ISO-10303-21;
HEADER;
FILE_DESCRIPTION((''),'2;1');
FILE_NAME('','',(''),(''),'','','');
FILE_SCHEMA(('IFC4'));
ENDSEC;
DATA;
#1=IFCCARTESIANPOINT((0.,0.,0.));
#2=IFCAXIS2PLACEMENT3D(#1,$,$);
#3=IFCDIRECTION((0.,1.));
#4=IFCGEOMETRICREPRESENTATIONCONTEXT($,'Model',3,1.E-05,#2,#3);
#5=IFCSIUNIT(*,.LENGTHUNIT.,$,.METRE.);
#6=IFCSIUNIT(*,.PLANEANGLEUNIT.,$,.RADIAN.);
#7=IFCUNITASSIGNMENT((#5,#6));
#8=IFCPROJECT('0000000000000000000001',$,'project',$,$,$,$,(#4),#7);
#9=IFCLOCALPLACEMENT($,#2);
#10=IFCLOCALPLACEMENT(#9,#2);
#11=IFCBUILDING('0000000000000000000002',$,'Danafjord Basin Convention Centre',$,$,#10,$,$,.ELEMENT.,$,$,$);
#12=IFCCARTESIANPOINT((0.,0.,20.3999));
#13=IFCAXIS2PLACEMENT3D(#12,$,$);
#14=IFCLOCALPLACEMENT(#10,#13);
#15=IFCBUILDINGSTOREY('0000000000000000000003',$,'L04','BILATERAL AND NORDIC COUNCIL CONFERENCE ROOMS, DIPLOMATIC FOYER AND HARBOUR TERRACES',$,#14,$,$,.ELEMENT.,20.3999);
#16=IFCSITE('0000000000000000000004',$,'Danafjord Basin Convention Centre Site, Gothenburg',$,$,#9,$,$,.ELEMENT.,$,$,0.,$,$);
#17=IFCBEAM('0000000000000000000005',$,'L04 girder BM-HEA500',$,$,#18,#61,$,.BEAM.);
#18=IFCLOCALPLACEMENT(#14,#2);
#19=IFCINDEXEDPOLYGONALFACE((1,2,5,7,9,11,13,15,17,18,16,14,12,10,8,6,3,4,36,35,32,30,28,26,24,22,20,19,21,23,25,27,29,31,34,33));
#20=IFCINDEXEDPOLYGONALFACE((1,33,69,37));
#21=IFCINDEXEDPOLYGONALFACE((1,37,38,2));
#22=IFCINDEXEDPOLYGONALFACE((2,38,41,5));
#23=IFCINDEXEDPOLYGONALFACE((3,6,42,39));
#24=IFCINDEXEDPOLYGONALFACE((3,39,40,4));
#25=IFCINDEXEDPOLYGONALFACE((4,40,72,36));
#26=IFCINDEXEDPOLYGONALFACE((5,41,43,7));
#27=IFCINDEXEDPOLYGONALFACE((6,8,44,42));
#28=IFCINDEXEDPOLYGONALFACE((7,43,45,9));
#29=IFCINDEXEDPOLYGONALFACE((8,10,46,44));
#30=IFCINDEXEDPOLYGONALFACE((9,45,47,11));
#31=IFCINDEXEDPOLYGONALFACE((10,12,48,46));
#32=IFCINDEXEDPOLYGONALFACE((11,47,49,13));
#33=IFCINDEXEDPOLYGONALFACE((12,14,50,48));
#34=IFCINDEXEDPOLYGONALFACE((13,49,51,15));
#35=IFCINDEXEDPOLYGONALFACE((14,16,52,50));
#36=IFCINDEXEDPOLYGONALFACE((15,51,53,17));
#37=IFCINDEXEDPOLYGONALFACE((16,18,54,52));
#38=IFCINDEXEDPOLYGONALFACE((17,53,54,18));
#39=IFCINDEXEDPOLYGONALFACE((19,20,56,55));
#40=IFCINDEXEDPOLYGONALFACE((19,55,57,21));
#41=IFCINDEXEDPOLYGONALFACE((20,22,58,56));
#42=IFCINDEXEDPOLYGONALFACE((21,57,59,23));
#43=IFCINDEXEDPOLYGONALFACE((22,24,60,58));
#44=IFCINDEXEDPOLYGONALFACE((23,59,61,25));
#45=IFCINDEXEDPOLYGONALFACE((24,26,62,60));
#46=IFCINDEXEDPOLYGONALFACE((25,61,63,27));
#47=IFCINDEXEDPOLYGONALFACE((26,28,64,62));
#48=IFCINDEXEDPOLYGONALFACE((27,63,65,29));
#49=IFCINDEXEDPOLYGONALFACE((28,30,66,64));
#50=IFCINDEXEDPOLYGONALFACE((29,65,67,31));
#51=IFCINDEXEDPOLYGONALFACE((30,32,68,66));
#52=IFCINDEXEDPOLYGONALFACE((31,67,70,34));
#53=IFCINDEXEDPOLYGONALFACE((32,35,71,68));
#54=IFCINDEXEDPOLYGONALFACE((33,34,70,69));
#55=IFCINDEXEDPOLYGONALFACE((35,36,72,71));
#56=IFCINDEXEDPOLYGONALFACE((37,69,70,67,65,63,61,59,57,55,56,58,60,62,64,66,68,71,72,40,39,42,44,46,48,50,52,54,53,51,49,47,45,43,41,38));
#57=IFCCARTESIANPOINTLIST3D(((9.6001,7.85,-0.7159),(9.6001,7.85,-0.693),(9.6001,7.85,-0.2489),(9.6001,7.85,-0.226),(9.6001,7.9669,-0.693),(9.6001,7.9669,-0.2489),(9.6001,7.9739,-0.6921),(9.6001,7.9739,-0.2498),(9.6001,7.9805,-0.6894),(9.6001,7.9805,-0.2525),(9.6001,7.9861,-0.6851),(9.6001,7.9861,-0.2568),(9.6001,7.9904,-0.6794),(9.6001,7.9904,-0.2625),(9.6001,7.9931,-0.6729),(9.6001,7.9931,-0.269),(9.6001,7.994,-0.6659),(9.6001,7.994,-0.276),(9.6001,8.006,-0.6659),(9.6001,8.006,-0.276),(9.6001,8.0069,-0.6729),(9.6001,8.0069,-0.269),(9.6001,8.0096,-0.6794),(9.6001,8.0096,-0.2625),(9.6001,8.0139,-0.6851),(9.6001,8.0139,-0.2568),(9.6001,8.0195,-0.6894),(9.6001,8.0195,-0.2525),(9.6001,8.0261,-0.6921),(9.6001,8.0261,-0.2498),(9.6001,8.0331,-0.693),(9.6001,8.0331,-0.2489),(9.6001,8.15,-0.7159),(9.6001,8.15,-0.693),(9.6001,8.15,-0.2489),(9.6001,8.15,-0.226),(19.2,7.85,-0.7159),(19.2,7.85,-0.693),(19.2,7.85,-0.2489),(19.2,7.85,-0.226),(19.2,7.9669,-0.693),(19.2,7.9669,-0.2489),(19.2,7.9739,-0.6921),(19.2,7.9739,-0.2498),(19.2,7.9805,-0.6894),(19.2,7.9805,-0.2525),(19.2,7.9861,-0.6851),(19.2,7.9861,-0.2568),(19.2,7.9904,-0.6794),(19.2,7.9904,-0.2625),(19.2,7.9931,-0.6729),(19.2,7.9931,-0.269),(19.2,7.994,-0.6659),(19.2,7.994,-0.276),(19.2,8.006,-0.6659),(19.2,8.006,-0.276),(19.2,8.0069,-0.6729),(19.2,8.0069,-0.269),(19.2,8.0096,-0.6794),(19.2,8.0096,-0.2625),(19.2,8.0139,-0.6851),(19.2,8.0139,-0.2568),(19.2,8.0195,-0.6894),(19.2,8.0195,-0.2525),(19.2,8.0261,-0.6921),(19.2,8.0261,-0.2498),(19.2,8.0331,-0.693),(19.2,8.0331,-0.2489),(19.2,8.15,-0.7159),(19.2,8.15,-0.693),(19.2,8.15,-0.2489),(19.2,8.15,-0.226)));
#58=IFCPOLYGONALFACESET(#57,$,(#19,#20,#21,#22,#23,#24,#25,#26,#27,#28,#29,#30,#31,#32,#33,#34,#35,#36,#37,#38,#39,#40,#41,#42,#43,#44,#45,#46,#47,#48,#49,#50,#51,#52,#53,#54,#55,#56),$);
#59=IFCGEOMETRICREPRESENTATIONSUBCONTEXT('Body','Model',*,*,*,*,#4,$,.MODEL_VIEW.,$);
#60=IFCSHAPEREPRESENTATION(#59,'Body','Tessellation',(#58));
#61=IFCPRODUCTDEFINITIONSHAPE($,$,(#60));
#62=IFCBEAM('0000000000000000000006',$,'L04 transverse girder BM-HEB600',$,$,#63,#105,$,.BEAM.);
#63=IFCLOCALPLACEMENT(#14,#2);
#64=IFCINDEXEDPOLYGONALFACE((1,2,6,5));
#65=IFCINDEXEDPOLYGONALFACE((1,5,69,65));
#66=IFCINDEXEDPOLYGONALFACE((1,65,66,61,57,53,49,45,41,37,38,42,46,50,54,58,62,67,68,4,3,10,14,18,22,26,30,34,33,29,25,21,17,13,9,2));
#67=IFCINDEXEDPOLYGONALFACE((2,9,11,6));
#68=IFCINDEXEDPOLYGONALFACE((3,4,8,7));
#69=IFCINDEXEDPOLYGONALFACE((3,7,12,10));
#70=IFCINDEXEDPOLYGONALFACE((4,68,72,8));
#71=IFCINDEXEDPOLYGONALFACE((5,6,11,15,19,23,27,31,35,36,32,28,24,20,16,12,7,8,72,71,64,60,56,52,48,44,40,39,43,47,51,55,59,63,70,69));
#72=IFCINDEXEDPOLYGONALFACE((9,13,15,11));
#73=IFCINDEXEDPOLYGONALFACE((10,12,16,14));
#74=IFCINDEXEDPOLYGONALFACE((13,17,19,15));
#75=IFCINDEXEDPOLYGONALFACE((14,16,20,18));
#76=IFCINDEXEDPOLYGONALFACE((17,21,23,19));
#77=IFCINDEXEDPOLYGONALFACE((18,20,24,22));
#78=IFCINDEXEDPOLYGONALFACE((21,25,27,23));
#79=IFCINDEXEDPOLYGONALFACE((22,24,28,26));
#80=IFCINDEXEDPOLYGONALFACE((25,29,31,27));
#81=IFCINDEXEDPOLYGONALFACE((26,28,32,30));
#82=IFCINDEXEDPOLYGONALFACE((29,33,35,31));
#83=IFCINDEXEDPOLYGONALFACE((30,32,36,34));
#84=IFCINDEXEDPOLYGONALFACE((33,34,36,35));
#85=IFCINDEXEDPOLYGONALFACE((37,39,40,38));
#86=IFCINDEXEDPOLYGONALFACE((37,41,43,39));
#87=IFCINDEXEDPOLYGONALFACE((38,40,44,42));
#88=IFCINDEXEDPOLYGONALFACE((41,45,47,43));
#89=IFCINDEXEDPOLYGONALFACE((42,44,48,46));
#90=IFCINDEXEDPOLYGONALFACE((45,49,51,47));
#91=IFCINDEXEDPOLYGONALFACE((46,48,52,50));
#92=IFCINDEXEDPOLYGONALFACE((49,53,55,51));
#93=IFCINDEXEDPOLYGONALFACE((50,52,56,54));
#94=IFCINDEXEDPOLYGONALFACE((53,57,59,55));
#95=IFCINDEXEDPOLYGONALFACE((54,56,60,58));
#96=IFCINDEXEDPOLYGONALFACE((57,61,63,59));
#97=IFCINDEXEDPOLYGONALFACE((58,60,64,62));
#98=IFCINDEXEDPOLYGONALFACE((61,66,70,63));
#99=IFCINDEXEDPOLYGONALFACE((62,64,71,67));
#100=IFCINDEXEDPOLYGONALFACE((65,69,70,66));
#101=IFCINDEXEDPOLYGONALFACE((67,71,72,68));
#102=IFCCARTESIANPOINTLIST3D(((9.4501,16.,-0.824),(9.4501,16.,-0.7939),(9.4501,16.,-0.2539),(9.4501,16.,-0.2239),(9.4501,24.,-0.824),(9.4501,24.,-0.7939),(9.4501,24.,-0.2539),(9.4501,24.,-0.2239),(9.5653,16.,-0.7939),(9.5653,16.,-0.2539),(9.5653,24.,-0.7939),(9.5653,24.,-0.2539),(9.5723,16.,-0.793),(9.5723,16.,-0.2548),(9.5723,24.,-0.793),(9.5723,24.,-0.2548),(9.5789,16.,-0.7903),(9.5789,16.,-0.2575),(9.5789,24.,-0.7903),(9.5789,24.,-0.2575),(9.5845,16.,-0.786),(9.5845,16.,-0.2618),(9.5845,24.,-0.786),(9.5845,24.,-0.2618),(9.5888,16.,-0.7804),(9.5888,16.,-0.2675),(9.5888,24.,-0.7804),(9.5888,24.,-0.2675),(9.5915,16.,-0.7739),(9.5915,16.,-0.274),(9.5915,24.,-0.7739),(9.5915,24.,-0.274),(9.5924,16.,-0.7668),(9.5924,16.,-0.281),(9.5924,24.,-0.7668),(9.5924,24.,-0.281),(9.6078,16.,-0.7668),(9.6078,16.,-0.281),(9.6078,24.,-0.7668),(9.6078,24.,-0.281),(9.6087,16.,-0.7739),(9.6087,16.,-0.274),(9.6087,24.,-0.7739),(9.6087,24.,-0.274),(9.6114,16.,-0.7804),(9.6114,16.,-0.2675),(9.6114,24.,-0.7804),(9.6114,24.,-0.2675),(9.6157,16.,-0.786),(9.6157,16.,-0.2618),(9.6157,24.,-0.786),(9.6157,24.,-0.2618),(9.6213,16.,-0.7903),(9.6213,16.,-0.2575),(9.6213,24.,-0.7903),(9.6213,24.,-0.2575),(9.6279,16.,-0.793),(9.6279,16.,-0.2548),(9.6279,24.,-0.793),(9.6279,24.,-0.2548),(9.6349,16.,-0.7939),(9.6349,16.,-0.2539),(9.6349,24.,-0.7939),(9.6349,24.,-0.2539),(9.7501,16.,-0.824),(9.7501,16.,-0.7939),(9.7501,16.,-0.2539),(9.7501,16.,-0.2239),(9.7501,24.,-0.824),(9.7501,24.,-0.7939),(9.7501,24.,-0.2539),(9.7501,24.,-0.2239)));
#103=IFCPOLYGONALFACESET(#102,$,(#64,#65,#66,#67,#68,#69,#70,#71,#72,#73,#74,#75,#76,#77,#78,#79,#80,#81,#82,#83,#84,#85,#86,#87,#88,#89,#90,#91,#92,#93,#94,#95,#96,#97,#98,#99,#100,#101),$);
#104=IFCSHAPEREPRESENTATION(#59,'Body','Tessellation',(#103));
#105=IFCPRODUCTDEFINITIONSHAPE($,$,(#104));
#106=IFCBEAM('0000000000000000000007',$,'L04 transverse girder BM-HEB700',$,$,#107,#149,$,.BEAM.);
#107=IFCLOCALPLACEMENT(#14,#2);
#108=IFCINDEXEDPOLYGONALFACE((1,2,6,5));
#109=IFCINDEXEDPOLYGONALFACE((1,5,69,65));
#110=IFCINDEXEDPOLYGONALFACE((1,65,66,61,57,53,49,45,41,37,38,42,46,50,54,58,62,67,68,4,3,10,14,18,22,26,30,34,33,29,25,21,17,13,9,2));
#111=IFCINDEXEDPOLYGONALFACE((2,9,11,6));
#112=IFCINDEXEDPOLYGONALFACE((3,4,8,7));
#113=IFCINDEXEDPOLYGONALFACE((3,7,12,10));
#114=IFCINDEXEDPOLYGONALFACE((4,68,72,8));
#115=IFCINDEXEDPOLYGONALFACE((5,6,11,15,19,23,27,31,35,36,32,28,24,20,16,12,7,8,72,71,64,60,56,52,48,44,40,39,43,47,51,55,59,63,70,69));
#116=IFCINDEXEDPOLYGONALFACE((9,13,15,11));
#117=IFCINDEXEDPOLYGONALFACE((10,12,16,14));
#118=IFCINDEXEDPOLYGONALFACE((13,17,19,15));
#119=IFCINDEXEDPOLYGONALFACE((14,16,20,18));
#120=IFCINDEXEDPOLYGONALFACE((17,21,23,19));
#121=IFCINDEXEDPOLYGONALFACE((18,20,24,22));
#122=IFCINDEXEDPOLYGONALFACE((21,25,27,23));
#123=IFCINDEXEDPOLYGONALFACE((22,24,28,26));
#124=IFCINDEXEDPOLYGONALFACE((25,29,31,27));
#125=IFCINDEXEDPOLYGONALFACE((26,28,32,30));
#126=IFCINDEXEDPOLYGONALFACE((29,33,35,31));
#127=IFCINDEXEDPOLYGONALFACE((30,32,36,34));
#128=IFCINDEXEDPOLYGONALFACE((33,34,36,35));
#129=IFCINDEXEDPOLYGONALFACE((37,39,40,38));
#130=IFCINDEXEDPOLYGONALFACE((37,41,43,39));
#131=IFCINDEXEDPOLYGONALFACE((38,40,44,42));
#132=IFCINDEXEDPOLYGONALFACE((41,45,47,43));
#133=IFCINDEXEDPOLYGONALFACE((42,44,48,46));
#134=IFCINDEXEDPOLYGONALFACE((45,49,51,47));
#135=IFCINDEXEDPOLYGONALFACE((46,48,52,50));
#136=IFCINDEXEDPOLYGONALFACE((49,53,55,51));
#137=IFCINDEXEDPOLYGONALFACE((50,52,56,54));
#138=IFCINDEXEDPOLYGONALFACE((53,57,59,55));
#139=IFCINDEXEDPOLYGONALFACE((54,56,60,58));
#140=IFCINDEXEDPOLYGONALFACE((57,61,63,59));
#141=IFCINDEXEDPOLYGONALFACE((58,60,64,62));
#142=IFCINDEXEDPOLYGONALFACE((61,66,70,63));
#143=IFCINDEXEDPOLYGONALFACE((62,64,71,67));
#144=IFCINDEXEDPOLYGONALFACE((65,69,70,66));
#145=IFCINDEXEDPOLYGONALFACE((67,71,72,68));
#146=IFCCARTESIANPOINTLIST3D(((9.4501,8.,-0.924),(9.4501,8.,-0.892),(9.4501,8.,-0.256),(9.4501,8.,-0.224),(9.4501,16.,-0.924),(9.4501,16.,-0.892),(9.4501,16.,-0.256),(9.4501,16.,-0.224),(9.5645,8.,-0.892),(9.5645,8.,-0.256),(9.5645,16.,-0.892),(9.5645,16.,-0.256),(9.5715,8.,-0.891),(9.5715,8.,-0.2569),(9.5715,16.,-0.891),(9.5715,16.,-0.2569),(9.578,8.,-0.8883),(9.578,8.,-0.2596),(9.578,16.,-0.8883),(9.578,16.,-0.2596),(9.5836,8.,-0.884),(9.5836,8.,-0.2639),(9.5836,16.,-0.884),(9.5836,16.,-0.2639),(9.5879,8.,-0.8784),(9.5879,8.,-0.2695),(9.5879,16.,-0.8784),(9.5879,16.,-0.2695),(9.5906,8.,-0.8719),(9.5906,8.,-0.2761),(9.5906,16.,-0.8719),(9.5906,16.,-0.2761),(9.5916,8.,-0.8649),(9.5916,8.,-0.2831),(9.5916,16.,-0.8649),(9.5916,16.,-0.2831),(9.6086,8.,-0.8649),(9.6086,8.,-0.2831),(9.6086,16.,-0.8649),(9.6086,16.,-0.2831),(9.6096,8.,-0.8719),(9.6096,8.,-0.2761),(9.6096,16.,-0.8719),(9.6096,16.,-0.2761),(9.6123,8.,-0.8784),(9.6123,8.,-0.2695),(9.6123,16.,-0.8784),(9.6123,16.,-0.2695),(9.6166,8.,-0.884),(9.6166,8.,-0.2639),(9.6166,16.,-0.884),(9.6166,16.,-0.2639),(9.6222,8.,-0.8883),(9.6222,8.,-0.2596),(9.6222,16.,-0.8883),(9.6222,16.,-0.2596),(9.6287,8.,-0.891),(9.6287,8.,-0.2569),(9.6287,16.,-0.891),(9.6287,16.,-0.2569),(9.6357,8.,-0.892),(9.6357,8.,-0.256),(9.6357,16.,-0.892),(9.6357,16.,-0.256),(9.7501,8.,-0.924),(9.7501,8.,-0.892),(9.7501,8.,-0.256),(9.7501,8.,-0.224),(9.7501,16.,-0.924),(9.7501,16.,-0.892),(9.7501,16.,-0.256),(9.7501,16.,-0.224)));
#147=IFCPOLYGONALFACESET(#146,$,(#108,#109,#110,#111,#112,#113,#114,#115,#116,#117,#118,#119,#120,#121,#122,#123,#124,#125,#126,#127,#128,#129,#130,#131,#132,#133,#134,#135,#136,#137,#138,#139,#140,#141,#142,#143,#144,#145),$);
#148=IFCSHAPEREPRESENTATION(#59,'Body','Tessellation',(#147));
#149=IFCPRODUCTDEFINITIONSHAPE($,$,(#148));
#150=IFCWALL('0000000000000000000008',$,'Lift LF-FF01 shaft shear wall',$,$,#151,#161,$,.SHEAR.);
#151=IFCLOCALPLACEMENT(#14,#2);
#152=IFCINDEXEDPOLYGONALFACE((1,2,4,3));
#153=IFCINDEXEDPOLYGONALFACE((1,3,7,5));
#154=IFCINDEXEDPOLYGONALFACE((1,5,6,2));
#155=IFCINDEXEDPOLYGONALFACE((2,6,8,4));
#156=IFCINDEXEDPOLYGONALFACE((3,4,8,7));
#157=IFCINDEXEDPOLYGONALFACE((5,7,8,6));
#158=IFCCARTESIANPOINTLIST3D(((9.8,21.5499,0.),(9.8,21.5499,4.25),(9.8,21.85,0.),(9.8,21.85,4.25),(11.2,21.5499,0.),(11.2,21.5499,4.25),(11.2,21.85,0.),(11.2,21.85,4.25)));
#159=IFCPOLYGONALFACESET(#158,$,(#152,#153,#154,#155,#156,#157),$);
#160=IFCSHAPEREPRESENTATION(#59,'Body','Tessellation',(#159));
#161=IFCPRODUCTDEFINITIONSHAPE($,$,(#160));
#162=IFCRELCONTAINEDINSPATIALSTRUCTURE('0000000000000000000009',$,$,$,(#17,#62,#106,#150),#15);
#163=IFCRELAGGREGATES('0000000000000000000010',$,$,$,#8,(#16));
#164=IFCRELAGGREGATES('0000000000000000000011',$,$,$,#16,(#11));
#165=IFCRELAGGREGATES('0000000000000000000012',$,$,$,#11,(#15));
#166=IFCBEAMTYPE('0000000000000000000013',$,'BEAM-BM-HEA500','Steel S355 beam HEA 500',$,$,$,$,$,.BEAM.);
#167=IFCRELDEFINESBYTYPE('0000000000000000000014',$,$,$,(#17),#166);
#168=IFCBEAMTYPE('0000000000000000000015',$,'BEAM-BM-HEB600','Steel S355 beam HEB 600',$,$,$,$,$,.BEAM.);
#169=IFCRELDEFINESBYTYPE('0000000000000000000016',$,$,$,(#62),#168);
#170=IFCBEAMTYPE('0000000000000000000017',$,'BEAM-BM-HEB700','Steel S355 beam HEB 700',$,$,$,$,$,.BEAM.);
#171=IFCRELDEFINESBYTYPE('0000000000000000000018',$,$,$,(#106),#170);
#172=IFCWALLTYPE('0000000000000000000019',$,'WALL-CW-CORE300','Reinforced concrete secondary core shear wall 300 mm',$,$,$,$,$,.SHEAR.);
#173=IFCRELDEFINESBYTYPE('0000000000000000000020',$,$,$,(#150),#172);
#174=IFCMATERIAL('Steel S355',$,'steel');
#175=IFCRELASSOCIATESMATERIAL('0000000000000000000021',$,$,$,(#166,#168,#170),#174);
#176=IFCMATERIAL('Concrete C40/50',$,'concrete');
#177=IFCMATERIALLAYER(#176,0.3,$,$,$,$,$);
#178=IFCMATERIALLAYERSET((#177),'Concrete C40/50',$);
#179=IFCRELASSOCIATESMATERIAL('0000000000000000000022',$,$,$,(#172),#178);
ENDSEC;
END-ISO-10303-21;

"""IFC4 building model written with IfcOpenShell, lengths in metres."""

from ifc_helpers import new_model, si_unit, direction, frame, frame_2d, origin, origin_2d, place, context, subcontext, project, spatial, rectangle, i_section, extrude, material, layer, layer_set, material_profile, profile_set, type_object, element, save


model = new_model("IFC4")

# Units and contexts
model_context = context("Model", 3, precision=1e-05, world=origin(), true_north=direction((0.0, 1.0)))
body_context = subcontext(model_context, "Body", "Model", "MODEL_VIEW")
ifc_project = project(units=[si_unit("LENGTHUNIT", "METRE"), si_unit("PLANEANGLEUNIT", "RADIAN")], contexts=[model_context])

# Site, building, storey
site_placement = place(None, origin())
site = spatial("IfcSite", under=ifc_project, at=site_placement, Name="Danafjord Basin Convention Centre Site, Gothenburg", CompositionType="ELEMENT", RefElevation=0.0)
building_placement = place(site_placement, origin())
building = spatial("IfcBuilding", under=site, at=building_placement, Name="Danafjord Basin Convention Centre", CompositionType="ELEMENT")
storey_placement = place(building_placement, frame((0.0, 0.0, 20.3999)))
storey = spatial("IfcBuildingStorey", under=building, at=storey_placement, Name="L04", Description="BILATERAL AND NORDIC COUNCIL CONFERENCE ROOMS, DIPLOMATIC FOYER AND HARBOUR TERRACES", CompositionType="ELEMENT", Elevation=20.3999)

# Shared definitions
ifc_material_1 = material(Name="Steel S355", Category="steel")

# Beams
ifc_material_profile_1 = material_profile(ifc_material_1, i_section(OverallWidth=0.3, OverallDepth=0.49, WebThickness=0.012, FlangeThickness=0.0229, FilletRadius=0.0271, at=origin_2d()), Name="HEA 500")
ifc_profile_set_1 = profile_set([ifc_material_profile_1], Name="Steel S355")
beam_type_1 = type_object("IfcBeamType", Name="BEAM-BM-HEA500", Description="Steel S355 beam HEA 500", PredefinedType="BEAM", material=ifc_profile_set_1)
beam_1_placement = place(storey_placement, frame((9.6001, 8.0, -0.4709), z_axis=(1.0, 0.0, 0.0), x_axis=(0.0, 1.0, 0.0)))
element("IfcBeam", 1, at=beam_1_placement, inside=storey, type_object=beam_type_1, Name="L04 girder BM-HEA500", PredefinedType="BEAM", context=body_context, shape_type="SweptSolid", body=[
    extrude(i_section(OverallWidth=0.3, OverallDepth=0.49, WebThickness=0.012, FlangeThickness=0.0229, FilletRadius=0.0271, at=origin_2d()), origin(), (0.0, 0.0, 1.0), 9.5999),
])
ifc_material_profile_2 = material_profile(ifc_material_1, i_section(OverallWidth=0.3, OverallDepth=0.6001, WebThickness=0.0154, FlangeThickness=0.03, FilletRadius=0.0271, at=origin_2d()), Name="HEB 600")
ifc_profile_set_2 = profile_set([ifc_material_profile_2], Name="Steel S355")
beam_type_2 = type_object("IfcBeamType", Name="BEAM-BM-HEB600", Description="Steel S355 beam HEB 600", PredefinedType="BEAM", material=ifc_profile_set_2)
beam_2_placement = place(storey_placement, frame((9.6001, 16.0, -0.5239), z_axis=(0.0, 1.0, 0.0), x_axis=(-1.0, 0.0, 0.0)))
element("IfcBeam", 2, at=beam_2_placement, inside=storey, type_object=beam_type_2, Name="L04 transverse girder BM-HEB600", PredefinedType="BEAM", context=body_context, shape_type="SweptSolid", body=[
    extrude(i_section(OverallWidth=0.3, OverallDepth=0.6001, WebThickness=0.0154, FlangeThickness=0.03, FilletRadius=0.0271, at=origin_2d()), origin(), (0.0, 0.0, 1.0), 8.0),
])
ifc_material_profile_3 = material_profile(ifc_material_1, i_section(OverallWidth=0.3, OverallDepth=0.7, WebThickness=0.0171, FlangeThickness=0.032, FilletRadius=0.0271, at=origin_2d()), Name="HEB 700")
ifc_profile_set_3 = profile_set([ifc_material_profile_3], Name="Steel S355")
beam_type_3 = type_object("IfcBeamType", Name="BEAM-BM-HEB700", Description="Steel S355 beam HEB 700", PredefinedType="BEAM", material=ifc_profile_set_3)
beam_3_placement = place(storey_placement, frame((9.6001, 8.0, -0.574), z_axis=(0.0, 1.0, 0.0), x_axis=(-1.0, 0.0, 0.0)))
element("IfcBeam", 3, at=beam_3_placement, inside=storey, type_object=beam_type_3, Name="L04 transverse girder BM-HEB700", PredefinedType="BEAM", context=body_context, shape_type="SweptSolid", body=[
    extrude(i_section(OverallWidth=0.3, OverallDepth=0.7, WebThickness=0.0171, FlangeThickness=0.032, FilletRadius=0.0271, at=origin_2d()), origin(), (0.0, 0.0, 1.0), 8.0),
])

# Wall
ifc_material_2 = material(Name="Concrete C40/50", Category="concrete")
ifc_layer_1 = layer(ifc_material_2, 0.3)
ifc_layer_set_1 = layer_set([ifc_layer_1], Name="Concrete C40/50")
wall_type_1 = type_object("IfcWallType", Name="WALL-CW-CORE300", Description="Reinforced concrete secondary core shear wall 300 mm", PredefinedType="SHEAR", material=ifc_layer_set_1)
wall_1_placement = place(storey_placement, frame((9.8, 21.7, 0.0), z_axis=(0.0, 0.0, 1.0), x_axis=(1.0, 0.0, 0.0)))
element("IfcWall", 4, at=wall_1_placement, inside=storey, type_object=wall_type_1, Name="Lift LF-FF01 shaft shear wall", PredefinedType="SHEAR", context=body_context, shape_type="SweptSolid", body=[
    extrude(rectangle(XDim=1.3999, YDim=0.3, at=frame_2d((0.7, 0.0))), origin(), (0.0, 0.0, 1.0), 4.25),
])

save(model, "model.ifc")
